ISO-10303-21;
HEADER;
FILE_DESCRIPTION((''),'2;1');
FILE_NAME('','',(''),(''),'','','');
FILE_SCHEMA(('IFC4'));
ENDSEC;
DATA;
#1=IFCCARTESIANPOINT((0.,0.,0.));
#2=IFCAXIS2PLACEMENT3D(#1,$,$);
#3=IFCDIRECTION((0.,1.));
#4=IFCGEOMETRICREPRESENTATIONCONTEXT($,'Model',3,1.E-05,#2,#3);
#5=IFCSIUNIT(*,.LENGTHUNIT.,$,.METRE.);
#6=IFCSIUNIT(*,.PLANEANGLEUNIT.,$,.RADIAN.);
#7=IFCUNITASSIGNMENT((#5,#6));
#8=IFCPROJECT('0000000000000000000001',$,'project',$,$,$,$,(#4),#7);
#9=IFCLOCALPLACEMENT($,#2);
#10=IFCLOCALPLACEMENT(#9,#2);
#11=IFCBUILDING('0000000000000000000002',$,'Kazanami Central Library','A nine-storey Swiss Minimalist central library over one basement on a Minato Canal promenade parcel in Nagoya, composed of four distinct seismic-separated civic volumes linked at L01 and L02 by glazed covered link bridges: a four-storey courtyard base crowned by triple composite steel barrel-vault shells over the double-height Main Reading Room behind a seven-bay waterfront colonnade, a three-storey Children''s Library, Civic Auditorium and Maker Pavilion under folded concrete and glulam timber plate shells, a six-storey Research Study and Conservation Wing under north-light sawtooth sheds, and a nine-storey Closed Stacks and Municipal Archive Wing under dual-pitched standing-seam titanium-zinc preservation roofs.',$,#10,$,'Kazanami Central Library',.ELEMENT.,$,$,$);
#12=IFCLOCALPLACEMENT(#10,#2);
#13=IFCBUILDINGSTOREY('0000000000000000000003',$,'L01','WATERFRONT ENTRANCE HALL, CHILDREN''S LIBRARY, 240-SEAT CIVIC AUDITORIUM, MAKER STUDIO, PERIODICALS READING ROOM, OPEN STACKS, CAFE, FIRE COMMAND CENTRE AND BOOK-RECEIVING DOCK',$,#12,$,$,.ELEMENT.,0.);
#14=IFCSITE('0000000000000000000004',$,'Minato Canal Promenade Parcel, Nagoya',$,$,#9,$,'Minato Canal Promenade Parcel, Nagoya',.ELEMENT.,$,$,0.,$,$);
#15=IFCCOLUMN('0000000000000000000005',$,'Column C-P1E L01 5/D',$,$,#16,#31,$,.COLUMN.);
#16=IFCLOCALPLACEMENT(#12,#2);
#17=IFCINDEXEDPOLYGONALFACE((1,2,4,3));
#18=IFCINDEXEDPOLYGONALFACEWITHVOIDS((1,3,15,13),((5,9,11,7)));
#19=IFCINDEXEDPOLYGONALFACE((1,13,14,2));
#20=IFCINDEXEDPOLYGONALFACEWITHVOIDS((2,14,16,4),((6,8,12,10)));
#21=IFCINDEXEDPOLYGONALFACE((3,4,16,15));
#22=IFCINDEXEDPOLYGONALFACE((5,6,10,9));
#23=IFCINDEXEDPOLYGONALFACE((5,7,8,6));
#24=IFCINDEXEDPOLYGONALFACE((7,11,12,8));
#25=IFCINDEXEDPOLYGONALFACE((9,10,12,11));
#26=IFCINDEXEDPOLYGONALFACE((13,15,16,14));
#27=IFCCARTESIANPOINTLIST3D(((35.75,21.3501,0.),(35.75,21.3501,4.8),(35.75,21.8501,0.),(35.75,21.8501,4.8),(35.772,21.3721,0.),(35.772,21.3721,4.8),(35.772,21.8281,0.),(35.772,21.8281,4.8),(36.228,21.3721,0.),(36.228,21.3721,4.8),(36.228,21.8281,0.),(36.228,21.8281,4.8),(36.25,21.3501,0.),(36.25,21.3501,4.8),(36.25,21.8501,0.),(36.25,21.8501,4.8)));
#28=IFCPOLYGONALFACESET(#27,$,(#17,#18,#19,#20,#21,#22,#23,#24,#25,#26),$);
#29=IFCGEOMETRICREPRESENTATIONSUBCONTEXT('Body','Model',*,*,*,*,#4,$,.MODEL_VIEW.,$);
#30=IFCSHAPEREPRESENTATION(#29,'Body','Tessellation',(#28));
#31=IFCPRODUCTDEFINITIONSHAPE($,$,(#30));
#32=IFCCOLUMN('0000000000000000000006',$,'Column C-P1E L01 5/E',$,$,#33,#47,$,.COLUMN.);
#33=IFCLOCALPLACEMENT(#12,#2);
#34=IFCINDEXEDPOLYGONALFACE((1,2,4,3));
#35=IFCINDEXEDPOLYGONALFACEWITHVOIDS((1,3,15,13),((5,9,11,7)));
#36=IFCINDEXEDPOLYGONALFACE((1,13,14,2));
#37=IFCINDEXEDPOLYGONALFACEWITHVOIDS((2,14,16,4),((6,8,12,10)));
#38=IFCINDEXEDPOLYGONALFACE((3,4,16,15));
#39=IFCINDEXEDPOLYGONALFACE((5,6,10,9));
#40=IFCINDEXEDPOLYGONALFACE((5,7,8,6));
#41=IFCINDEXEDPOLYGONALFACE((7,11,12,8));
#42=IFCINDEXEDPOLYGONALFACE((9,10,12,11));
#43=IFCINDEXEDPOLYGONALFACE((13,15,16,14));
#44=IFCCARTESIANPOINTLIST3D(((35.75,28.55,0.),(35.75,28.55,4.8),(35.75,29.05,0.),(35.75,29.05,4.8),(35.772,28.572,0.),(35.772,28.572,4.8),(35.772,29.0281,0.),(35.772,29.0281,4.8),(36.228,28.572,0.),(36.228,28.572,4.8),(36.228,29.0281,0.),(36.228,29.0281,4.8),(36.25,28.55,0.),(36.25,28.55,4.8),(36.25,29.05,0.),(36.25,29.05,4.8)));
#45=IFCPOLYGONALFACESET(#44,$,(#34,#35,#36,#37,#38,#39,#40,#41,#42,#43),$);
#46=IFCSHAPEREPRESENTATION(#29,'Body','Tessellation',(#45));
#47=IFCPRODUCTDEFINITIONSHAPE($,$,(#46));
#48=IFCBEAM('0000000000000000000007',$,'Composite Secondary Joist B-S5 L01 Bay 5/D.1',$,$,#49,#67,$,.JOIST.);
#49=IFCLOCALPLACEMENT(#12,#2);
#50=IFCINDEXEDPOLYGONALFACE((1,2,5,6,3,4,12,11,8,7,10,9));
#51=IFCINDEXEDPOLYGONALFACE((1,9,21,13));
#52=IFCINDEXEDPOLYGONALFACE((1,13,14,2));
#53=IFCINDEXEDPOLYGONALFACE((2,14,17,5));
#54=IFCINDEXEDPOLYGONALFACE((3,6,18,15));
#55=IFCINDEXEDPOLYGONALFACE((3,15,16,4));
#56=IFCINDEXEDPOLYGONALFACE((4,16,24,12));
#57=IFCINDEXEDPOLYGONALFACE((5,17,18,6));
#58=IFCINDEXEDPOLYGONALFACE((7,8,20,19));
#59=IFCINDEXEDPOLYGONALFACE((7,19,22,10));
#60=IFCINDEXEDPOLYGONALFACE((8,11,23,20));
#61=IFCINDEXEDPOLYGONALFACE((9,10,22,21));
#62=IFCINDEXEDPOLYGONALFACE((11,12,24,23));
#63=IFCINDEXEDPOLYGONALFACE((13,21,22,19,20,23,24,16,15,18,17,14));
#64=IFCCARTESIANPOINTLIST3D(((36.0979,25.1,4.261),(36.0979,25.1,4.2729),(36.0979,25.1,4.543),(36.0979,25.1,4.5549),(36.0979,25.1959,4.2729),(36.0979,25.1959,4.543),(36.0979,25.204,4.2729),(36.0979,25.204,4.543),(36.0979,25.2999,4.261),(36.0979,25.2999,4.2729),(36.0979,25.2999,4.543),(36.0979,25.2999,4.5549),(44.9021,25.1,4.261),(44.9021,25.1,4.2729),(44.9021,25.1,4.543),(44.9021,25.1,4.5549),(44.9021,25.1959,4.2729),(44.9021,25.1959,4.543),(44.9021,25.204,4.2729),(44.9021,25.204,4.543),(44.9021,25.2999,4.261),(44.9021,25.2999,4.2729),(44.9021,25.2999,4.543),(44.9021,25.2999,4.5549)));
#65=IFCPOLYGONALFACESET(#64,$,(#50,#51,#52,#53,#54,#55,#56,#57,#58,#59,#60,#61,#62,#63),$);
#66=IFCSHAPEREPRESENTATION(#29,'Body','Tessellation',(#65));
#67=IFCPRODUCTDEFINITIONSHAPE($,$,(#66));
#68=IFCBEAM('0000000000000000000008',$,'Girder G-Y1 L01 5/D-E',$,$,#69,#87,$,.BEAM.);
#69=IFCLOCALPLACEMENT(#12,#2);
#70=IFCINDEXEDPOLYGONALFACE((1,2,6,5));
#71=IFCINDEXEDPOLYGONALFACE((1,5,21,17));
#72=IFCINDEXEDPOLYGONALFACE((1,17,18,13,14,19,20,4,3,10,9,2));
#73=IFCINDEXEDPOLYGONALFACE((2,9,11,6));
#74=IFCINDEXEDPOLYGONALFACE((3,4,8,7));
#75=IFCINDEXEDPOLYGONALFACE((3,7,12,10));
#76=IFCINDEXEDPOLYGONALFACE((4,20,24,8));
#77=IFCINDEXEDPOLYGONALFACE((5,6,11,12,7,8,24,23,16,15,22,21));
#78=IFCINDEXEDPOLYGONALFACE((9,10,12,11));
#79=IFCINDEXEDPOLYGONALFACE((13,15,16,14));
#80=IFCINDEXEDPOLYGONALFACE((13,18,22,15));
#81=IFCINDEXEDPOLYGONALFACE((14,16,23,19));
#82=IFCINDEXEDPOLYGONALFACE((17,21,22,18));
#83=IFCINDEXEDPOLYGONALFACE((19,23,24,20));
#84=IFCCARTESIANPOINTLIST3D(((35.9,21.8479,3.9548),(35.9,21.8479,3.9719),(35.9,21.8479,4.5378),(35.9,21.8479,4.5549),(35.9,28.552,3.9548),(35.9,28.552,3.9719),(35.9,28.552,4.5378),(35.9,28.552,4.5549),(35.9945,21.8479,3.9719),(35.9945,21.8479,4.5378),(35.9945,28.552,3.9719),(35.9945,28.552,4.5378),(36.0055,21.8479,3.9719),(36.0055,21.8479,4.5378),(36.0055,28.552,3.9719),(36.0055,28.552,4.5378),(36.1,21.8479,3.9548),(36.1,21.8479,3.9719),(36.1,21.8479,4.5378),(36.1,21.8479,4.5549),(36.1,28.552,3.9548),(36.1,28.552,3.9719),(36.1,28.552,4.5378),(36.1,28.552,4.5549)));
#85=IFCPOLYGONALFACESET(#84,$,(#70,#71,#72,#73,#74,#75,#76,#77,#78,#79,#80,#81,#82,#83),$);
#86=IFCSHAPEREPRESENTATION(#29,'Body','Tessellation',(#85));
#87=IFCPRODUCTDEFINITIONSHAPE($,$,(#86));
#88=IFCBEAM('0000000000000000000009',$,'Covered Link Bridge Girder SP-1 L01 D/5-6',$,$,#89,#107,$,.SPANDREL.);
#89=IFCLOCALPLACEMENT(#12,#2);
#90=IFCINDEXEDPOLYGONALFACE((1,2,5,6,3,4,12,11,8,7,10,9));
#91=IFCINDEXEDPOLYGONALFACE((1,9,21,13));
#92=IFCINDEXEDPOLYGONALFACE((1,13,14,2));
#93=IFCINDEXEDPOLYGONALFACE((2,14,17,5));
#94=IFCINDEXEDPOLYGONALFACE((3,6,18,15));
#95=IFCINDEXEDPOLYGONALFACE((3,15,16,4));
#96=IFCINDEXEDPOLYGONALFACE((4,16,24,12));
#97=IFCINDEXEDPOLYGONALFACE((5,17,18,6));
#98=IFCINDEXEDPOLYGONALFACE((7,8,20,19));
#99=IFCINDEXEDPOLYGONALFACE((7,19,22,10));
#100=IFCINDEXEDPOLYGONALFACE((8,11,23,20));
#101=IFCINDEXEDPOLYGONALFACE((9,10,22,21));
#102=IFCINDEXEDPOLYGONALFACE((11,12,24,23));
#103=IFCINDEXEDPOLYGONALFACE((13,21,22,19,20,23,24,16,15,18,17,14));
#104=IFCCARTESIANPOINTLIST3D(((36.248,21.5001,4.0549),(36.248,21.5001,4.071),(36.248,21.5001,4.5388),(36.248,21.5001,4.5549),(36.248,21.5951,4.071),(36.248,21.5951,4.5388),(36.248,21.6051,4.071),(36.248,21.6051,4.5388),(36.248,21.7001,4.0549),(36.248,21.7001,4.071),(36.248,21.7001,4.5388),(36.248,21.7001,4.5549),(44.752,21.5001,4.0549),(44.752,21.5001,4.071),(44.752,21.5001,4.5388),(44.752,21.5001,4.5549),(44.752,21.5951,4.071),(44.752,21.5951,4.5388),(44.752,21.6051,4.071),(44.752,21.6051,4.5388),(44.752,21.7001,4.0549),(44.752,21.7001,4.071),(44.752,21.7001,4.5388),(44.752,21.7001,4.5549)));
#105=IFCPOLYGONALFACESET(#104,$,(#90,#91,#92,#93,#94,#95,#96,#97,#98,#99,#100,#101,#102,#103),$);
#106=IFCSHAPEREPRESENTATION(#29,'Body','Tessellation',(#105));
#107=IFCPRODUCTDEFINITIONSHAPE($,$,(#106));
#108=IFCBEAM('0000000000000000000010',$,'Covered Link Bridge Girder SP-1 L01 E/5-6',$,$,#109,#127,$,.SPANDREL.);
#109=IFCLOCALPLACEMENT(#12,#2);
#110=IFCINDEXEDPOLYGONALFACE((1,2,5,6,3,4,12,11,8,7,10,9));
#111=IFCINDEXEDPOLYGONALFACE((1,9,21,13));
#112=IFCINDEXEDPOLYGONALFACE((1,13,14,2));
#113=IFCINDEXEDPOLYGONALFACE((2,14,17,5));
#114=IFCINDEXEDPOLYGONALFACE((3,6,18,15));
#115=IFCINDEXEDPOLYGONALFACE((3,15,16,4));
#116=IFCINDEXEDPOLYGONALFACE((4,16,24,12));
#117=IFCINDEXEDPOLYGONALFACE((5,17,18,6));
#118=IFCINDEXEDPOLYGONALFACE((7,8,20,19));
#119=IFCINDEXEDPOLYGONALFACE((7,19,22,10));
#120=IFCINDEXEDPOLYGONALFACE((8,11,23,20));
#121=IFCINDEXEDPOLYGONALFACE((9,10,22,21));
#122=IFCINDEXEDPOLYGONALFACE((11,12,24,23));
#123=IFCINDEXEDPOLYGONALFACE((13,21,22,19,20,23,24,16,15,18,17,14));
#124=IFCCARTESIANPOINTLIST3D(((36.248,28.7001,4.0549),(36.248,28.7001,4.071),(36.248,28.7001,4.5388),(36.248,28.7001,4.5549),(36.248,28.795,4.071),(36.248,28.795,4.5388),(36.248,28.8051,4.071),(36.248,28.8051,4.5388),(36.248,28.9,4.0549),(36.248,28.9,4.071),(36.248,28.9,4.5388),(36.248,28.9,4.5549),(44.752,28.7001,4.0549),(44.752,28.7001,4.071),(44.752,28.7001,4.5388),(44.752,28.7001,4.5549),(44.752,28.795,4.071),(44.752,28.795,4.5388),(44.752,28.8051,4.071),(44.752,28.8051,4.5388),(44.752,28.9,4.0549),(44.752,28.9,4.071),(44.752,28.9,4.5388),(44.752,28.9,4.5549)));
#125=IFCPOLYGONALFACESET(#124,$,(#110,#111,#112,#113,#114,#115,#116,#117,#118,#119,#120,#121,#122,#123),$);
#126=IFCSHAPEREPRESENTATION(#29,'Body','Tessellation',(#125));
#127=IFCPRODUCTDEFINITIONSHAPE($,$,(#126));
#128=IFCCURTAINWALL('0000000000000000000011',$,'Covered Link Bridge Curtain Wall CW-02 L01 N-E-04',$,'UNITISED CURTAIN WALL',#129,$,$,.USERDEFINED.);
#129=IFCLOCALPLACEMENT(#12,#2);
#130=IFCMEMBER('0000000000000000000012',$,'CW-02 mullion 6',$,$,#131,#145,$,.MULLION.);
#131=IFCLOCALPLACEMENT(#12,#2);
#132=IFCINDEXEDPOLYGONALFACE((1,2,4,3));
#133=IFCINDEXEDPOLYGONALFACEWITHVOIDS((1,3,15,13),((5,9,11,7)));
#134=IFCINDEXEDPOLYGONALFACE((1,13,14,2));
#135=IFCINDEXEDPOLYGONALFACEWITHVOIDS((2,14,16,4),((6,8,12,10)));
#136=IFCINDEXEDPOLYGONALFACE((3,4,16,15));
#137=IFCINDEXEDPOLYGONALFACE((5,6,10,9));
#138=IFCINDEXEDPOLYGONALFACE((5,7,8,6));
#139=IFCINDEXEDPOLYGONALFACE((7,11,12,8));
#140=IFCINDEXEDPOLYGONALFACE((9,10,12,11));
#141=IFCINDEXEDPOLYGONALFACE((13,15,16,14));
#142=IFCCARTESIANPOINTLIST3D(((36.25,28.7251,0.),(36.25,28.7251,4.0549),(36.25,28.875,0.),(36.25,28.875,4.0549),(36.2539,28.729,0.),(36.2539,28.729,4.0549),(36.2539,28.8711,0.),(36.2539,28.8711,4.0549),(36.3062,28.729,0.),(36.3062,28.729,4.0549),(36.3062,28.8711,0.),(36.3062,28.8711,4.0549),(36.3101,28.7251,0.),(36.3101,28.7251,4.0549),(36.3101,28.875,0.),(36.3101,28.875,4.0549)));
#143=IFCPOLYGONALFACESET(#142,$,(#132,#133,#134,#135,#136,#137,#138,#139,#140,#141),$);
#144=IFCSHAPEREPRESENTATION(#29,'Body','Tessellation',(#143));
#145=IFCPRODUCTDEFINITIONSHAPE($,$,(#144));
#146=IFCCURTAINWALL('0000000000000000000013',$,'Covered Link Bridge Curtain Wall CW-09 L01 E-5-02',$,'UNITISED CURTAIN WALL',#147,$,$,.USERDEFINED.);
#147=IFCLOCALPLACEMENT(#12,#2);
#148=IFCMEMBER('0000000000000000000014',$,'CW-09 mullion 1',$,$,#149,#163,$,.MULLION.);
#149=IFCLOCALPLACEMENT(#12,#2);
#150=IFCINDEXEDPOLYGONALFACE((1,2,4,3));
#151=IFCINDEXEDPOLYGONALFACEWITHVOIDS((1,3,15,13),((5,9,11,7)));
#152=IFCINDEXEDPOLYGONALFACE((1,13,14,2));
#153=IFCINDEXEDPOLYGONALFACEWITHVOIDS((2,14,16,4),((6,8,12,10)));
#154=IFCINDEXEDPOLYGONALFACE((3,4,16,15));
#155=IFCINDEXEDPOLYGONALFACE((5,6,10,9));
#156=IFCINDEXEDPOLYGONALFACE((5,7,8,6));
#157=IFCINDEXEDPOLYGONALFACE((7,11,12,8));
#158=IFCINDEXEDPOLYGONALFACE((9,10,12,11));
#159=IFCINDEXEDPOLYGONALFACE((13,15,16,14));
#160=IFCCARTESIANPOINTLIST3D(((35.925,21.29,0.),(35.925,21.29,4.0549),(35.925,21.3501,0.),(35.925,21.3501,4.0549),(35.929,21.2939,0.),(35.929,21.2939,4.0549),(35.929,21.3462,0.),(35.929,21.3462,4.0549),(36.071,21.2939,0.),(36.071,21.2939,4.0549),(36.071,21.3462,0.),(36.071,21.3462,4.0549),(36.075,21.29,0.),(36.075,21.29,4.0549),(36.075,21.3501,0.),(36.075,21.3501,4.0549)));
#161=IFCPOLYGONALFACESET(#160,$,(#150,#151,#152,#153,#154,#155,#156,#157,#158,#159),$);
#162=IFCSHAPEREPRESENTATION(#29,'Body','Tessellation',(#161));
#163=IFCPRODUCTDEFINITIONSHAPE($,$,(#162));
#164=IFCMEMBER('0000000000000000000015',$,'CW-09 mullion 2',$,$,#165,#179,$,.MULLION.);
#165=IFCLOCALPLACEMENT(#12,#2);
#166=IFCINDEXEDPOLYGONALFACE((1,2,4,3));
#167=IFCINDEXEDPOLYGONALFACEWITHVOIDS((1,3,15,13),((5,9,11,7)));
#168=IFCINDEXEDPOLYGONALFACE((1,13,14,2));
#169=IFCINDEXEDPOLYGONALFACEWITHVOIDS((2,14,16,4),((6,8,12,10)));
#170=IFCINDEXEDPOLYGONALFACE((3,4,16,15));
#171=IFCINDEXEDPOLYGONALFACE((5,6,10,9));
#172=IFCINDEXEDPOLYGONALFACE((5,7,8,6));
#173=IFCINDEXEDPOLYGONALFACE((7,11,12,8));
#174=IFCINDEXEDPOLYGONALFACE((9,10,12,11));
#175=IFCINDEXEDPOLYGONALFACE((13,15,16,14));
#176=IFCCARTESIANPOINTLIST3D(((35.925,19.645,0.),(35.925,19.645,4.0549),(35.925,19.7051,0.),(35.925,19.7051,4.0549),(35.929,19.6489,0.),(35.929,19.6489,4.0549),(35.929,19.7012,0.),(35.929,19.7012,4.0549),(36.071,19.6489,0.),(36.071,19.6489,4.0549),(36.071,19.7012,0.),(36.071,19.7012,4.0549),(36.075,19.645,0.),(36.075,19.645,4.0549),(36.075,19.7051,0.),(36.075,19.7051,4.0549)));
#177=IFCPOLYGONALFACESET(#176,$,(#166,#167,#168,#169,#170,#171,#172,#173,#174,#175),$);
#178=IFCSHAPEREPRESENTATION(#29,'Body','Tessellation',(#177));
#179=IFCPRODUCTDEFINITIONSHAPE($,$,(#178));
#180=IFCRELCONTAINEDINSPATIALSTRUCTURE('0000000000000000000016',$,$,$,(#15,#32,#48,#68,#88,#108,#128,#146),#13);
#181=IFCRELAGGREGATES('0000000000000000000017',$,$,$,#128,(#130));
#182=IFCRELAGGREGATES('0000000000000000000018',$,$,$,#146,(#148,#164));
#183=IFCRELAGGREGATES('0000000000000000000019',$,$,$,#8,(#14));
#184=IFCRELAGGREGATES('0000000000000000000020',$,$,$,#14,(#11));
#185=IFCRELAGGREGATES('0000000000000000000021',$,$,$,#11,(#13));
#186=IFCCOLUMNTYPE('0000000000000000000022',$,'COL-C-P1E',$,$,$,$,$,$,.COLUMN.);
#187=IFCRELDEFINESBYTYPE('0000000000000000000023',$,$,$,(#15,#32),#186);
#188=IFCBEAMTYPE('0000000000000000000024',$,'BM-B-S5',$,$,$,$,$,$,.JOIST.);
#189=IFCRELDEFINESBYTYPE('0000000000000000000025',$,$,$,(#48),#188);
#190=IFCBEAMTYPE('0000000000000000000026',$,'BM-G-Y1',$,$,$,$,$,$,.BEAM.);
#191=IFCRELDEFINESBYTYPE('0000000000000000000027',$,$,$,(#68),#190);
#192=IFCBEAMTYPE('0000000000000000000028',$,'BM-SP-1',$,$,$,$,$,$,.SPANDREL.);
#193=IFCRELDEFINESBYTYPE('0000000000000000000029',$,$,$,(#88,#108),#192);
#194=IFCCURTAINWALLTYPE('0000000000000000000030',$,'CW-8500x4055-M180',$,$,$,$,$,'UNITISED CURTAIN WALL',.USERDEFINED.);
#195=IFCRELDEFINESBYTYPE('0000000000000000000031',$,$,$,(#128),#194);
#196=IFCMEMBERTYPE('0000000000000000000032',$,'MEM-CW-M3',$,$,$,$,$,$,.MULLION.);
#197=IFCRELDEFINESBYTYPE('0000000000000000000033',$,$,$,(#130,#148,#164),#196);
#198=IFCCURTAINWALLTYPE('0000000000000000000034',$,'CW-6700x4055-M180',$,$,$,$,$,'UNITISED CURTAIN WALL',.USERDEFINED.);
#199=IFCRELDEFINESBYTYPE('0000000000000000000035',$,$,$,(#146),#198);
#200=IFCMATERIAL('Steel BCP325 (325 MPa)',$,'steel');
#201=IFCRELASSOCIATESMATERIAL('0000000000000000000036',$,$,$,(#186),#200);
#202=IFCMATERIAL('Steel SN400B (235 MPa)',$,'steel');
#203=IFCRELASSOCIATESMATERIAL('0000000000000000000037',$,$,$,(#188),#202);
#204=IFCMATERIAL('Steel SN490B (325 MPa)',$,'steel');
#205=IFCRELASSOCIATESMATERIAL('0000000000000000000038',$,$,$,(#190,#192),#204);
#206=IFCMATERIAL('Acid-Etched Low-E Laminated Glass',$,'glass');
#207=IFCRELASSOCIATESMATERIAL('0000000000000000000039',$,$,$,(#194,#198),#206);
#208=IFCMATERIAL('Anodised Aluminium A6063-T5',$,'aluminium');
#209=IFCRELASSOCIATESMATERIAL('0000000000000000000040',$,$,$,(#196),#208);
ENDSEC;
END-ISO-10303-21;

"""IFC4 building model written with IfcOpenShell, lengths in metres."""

from ifc_helpers import new_model, si_unit, direction, frame, origin, origin_2d, place, context, subcontext, project, spatial, hollow_rectangle, i_section, extrude, material, material_profile, profile_set, type_object, element, aggregate, save


model = new_model("IFC4")

# Units and contexts
model_context = context("Model", 3, precision=1e-05, world=origin(), true_north=direction((0.0, 1.0)))
body_context = subcontext(model_context, "Body", "Model", "MODEL_VIEW")
ifc_project = project(units=[si_unit("LENGTHUNIT", "METRE"), si_unit("PLANEANGLEUNIT", "RADIAN")], contexts=[model_context])

# Site, building, storey
site_placement = place(None, origin())
site = spatial("IfcSite", under=ifc_project, at=site_placement, Name="Minato Canal Promenade Parcel, Nagoya", LongName="Minato Canal Promenade Parcel, Nagoya", CompositionType="ELEMENT", RefElevation=0.0)
building_placement = place(site_placement, origin())
building = spatial("IfcBuilding", under=site, at=building_placement, Name="Kazanami Central Library", Description="A nine-storey Swiss Minimalist central library over one basement on a Minato Canal promenade parcel in Nagoya, composed of four distinct seismic-separated civic volumes linked at L01 and L02 by glazed covered link bridges: a four-storey courtyard base crowned by triple composite steel barrel-vault shells over the double-height Main Reading Room behind a seven-bay waterfront colonnade, a three-storey Children's Library, Civic Auditorium and Maker Pavilion under folded concrete and glulam timber plate shells, a six-storey Research Study and Conservation Wing under north-light sawtooth sheds, and a nine-storey Closed Stacks and Municipal Archive Wing under dual-pitched standing-seam titanium-zinc preservation roofs.", LongName="Kazanami Central Library", CompositionType="ELEMENT")
storey_placement = place(building_placement, origin())
storey = spatial("IfcBuildingStorey", under=building, at=storey_placement, Name="L01", Description="WATERFRONT ENTRANCE HALL, CHILDREN'S LIBRARY, 240-SEAT CIVIC AUDITORIUM, MAKER STUDIO, PERIODICALS READING ROOM, OPEN STACKS, CAFE, FIRE COMMAND CENTRE AND BOOK-RECEIVING DOCK", CompositionType="ELEMENT", Elevation=0.0)

# Columns
ifc_material_1 = material(Name="Steel BCP325 (325 MPa)", Category="steel")
ifc_material_profile_1 = material_profile(ifc_material_1, hollow_rectangle(XDim=0.5, YDim=0.5, WallThickness=0.022, at=origin_2d()), Name="BCP-500x500x22")
ifc_profile_set_1 = profile_set([ifc_material_profile_1], Name="Steel BCP325 (325 MPa)")
column_type = type_object("IfcColumnType", Name="COL-C-P1E", PredefinedType="COLUMN", material=ifc_profile_set_1)
for number, where, z_axis, x_axis, name in (
    (1, (36.0, 21.6001, 0.0), (0.0, 0.0, 1.0), (1.0, 0.0, 0.0), "Column C-P1E L01 5/D"),
    (2, (36.0, 28.8, 0.0), (0.0, 0.0, 1.0), (1.0, 0.0, 0.0), "Column C-P1E L01 5/E"),
):
    element("IfcColumn", number, at=place(storey_placement, frame(where, z_axis=z_axis, x_axis=x_axis)), inside=storey, type_object=column_type, Name=name, PredefinedType="COLUMN", context=body_context, shape_type="SweptSolid", body=[
        extrude(hollow_rectangle(XDim=0.5, YDim=0.5, WallThickness=0.022, at=origin_2d()), origin(), (0.0, 0.0, 1.0), 4.8),
    ])

# Beams
ifc_material_2 = material(Name="Steel SN400B (235 MPa)", Category="steel")
ifc_material_profile_2 = material_profile(ifc_material_2, i_section(OverallWidth=0.2, OverallDepth=0.2939, WebThickness=0.0081, FlangeThickness=0.012, at=origin_2d()), Name="H-294x200x8x12")
ifc_profile_set_2 = profile_set([ifc_material_profile_2], Name="Steel SN400B (235 MPa)")
beam_type_1 = type_object("IfcBeamType", Name="BM-B-S5", PredefinedType="JOIST", material=ifc_profile_set_2)
beam_1_placement = place(storey_placement, frame((36.0979, 25.2, 4.408), z_axis=(1.0, 0.0, 0.0), x_axis=(0.0, 1.0, 0.0)))
element("IfcBeam", 3, at=beam_1_placement, inside=storey, type_object=beam_type_1, Name="Composite Secondary Joist B-S5 L01 Bay 5/D.1", PredefinedType="JOIST", context=body_context, shape_type="SweptSolid", body=[
    extrude(i_section(OverallWidth=0.2, OverallDepth=0.2939, WebThickness=0.0081, FlangeThickness=0.012, at=origin_2d()), origin(), (0.0, 0.0, 1.0), 8.8042),
])
ifc_material_3 = material(Name="Steel SN490B (325 MPa)", Category="steel")
ifc_material_profile_3 = material_profile(ifc_material_3, i_section(OverallWidth=0.2, OverallDepth=0.6001, WebThickness=0.011, FlangeThickness=0.0171, at=origin_2d()), Name="H-600x200x11x17")
ifc_profile_set_3 = profile_set([ifc_material_profile_3], Name="Steel SN490B (325 MPa)")
beam_type_2 = type_object("IfcBeamType", Name="BM-G-Y1", PredefinedType="BEAM", material=ifc_profile_set_3)
beam_2_placement = place(storey_placement, frame((36.0, 21.8479, 4.2549), z_axis=(0.0, 1.0, 0.0), x_axis=(-1.0, 0.0, 0.0)))
element("IfcBeam", 4, at=beam_2_placement, inside=storey, type_object=beam_type_2, Name="Girder G-Y1 L01 5/D-E", PredefinedType="BEAM", context=body_context, shape_type="SweptSolid", body=[
    extrude(i_section(OverallWidth=0.2, OverallDepth=0.6001, WebThickness=0.011, FlangeThickness=0.0171, at=origin_2d()), origin(), (0.0, 0.0, 1.0), 6.7041),
])
ifc_material_profile_4 = material_profile(ifc_material_3, i_section(OverallWidth=0.2, OverallDepth=0.5, WebThickness=0.01, FlangeThickness=0.0161, at=origin_2d()), Name="H-500x200x10x16")
ifc_profile_set_4 = profile_set([ifc_material_profile_4], Name="Steel SN490B (325 MPa)")
beam_type_3 = type_object("IfcBeamType", Name="BM-SP-1", PredefinedType="SPANDREL", material=ifc_profile_set_4)
for number, where, z_axis, x_axis, name in (
    (5, (36.248, 21.6001, 4.3049), (1.0, 0.0, 0.0), (0.0, 1.0, 0.0), "Covered Link Bridge Girder SP-1 L01 D/5-6"),
    (6, (36.248, 28.8, 4.3049), (1.0, 0.0, 0.0), (0.0, 1.0, 0.0), "Covered Link Bridge Girder SP-1 L01 E/5-6"),
):
    element("IfcBeam", number, at=place(storey_placement, frame(where, z_axis=z_axis, x_axis=x_axis)), inside=storey, type_object=beam_type_3, Name=name, PredefinedType="SPANDREL", context=body_context, shape_type="SweptSolid", body=[
        extrude(i_section(OverallWidth=0.2, OverallDepth=0.5, WebThickness=0.01, FlangeThickness=0.0161, at=origin_2d()), origin(), (0.0, 0.0, 1.0), 8.5039),
    ])

# Curtain wall, member
ifc_material_4 = material(Name="Acid-Etched Low-E Laminated Glass", Category="glass")
curtain_wall_type_1 = type_object("IfcCurtainWallType", Name="CW-8500x4055-M180", ElementType="UNITISED CURTAIN WALL", PredefinedType="USERDEFINED", material=ifc_material_4)
curtain_wall_1_placement = place(storey_placement, origin())
curtain_wall_1 = element("IfcCurtainWall", 7, at=curtain_wall_1_placement, inside=storey, type_object=curtain_wall_type_1, Name="Covered Link Bridge Curtain Wall CW-02 L01 N-E-04", ObjectType="UNITISED CURTAIN WALL", PredefinedType="USERDEFINED")
ifc_material_5 = material(Name="Anodised Aluminium A6063-T5", Category="aluminium")
ifc_material_profile_5 = material_profile(ifc_material_5, hollow_rectangle(XDim=0.0601, YDim=0.1499, WallThickness=0.0039, at=origin_2d()), Name="ALU-MULL-60x150x4")
ifc_profile_set_5 = profile_set([ifc_material_profile_5], Name="Anodised Aluminium A6063-T5")
member_type_1 = type_object("IfcMemberType", Name="MEM-CW-M3", PredefinedType="MULLION", material=ifc_profile_set_5)
member_1_placement = place(storey_placement, frame((36.28, 28.8, 0.0), z_axis=(0.0, 0.0, 1.0), x_axis=(-1.0, 0.0, 0.0)))
member_1 = element("IfcMember", 8, at=member_1_placement, type_object=member_type_1, Name="CW-02 mullion 6", PredefinedType="MULLION", context=body_context, shape_type="SweptSolid", body=[
    extrude(hollow_rectangle(XDim=0.0601, YDim=0.1499, WallThickness=0.0039, at=origin_2d()), origin(), (0.0, 0.0, 1.0), 4.0549),
])

# Curtain wall, members
curtain_wall_type_2 = type_object("IfcCurtainWallType", Name="CW-6700x4055-M180", ElementType="UNITISED CURTAIN WALL", PredefinedType="USERDEFINED", material=ifc_material_4)
curtain_wall_2_placement = place(storey_placement, origin())
curtain_wall_2 = element("IfcCurtainWall", 9, at=curtain_wall_2_placement, inside=storey, type_object=curtain_wall_type_2, Name="Covered Link Bridge Curtain Wall CW-09 L01 E-5-02", ObjectType="UNITISED CURTAIN WALL", PredefinedType="USERDEFINED")
member_2_placement = place(storey_placement, frame((36.0, 21.3201, 0.0), z_axis=(0.0, 0.0, 1.0), x_axis=(0.0, -1.0, 0.0)))
member_2 = element("IfcMember", 10, at=member_2_placement, type_object=member_type_1, Name="CW-09 mullion 1", PredefinedType="MULLION", context=body_context, shape_type="SweptSolid", body=[
    extrude(hollow_rectangle(XDim=0.0601, YDim=0.1499, WallThickness=0.0039, at=origin_2d()), origin(), (0.0, 0.0, 1.0), 4.0549),
])
member_3_placement = place(storey_placement, frame((36.0, 19.675, 0.0), z_axis=(0.0, 0.0, 1.0), x_axis=(0.0, -1.0, 0.0)))
member_3 = element("IfcMember", 11, at=member_3_placement, type_object=member_type_1, Name="CW-09 mullion 2", PredefinedType="MULLION", context=body_context, shape_type="SweptSolid", body=[
    extrude(hollow_rectangle(XDim=0.0601, YDim=0.1499, WallThickness=0.0039, at=origin_2d()), origin(), (0.0, 0.0, 1.0), 4.0549),
])

aggregate(curtain_wall_1, [member_1])
aggregate(curtain_wall_2, [member_2, member_3])

save(model, "model.ifc")
